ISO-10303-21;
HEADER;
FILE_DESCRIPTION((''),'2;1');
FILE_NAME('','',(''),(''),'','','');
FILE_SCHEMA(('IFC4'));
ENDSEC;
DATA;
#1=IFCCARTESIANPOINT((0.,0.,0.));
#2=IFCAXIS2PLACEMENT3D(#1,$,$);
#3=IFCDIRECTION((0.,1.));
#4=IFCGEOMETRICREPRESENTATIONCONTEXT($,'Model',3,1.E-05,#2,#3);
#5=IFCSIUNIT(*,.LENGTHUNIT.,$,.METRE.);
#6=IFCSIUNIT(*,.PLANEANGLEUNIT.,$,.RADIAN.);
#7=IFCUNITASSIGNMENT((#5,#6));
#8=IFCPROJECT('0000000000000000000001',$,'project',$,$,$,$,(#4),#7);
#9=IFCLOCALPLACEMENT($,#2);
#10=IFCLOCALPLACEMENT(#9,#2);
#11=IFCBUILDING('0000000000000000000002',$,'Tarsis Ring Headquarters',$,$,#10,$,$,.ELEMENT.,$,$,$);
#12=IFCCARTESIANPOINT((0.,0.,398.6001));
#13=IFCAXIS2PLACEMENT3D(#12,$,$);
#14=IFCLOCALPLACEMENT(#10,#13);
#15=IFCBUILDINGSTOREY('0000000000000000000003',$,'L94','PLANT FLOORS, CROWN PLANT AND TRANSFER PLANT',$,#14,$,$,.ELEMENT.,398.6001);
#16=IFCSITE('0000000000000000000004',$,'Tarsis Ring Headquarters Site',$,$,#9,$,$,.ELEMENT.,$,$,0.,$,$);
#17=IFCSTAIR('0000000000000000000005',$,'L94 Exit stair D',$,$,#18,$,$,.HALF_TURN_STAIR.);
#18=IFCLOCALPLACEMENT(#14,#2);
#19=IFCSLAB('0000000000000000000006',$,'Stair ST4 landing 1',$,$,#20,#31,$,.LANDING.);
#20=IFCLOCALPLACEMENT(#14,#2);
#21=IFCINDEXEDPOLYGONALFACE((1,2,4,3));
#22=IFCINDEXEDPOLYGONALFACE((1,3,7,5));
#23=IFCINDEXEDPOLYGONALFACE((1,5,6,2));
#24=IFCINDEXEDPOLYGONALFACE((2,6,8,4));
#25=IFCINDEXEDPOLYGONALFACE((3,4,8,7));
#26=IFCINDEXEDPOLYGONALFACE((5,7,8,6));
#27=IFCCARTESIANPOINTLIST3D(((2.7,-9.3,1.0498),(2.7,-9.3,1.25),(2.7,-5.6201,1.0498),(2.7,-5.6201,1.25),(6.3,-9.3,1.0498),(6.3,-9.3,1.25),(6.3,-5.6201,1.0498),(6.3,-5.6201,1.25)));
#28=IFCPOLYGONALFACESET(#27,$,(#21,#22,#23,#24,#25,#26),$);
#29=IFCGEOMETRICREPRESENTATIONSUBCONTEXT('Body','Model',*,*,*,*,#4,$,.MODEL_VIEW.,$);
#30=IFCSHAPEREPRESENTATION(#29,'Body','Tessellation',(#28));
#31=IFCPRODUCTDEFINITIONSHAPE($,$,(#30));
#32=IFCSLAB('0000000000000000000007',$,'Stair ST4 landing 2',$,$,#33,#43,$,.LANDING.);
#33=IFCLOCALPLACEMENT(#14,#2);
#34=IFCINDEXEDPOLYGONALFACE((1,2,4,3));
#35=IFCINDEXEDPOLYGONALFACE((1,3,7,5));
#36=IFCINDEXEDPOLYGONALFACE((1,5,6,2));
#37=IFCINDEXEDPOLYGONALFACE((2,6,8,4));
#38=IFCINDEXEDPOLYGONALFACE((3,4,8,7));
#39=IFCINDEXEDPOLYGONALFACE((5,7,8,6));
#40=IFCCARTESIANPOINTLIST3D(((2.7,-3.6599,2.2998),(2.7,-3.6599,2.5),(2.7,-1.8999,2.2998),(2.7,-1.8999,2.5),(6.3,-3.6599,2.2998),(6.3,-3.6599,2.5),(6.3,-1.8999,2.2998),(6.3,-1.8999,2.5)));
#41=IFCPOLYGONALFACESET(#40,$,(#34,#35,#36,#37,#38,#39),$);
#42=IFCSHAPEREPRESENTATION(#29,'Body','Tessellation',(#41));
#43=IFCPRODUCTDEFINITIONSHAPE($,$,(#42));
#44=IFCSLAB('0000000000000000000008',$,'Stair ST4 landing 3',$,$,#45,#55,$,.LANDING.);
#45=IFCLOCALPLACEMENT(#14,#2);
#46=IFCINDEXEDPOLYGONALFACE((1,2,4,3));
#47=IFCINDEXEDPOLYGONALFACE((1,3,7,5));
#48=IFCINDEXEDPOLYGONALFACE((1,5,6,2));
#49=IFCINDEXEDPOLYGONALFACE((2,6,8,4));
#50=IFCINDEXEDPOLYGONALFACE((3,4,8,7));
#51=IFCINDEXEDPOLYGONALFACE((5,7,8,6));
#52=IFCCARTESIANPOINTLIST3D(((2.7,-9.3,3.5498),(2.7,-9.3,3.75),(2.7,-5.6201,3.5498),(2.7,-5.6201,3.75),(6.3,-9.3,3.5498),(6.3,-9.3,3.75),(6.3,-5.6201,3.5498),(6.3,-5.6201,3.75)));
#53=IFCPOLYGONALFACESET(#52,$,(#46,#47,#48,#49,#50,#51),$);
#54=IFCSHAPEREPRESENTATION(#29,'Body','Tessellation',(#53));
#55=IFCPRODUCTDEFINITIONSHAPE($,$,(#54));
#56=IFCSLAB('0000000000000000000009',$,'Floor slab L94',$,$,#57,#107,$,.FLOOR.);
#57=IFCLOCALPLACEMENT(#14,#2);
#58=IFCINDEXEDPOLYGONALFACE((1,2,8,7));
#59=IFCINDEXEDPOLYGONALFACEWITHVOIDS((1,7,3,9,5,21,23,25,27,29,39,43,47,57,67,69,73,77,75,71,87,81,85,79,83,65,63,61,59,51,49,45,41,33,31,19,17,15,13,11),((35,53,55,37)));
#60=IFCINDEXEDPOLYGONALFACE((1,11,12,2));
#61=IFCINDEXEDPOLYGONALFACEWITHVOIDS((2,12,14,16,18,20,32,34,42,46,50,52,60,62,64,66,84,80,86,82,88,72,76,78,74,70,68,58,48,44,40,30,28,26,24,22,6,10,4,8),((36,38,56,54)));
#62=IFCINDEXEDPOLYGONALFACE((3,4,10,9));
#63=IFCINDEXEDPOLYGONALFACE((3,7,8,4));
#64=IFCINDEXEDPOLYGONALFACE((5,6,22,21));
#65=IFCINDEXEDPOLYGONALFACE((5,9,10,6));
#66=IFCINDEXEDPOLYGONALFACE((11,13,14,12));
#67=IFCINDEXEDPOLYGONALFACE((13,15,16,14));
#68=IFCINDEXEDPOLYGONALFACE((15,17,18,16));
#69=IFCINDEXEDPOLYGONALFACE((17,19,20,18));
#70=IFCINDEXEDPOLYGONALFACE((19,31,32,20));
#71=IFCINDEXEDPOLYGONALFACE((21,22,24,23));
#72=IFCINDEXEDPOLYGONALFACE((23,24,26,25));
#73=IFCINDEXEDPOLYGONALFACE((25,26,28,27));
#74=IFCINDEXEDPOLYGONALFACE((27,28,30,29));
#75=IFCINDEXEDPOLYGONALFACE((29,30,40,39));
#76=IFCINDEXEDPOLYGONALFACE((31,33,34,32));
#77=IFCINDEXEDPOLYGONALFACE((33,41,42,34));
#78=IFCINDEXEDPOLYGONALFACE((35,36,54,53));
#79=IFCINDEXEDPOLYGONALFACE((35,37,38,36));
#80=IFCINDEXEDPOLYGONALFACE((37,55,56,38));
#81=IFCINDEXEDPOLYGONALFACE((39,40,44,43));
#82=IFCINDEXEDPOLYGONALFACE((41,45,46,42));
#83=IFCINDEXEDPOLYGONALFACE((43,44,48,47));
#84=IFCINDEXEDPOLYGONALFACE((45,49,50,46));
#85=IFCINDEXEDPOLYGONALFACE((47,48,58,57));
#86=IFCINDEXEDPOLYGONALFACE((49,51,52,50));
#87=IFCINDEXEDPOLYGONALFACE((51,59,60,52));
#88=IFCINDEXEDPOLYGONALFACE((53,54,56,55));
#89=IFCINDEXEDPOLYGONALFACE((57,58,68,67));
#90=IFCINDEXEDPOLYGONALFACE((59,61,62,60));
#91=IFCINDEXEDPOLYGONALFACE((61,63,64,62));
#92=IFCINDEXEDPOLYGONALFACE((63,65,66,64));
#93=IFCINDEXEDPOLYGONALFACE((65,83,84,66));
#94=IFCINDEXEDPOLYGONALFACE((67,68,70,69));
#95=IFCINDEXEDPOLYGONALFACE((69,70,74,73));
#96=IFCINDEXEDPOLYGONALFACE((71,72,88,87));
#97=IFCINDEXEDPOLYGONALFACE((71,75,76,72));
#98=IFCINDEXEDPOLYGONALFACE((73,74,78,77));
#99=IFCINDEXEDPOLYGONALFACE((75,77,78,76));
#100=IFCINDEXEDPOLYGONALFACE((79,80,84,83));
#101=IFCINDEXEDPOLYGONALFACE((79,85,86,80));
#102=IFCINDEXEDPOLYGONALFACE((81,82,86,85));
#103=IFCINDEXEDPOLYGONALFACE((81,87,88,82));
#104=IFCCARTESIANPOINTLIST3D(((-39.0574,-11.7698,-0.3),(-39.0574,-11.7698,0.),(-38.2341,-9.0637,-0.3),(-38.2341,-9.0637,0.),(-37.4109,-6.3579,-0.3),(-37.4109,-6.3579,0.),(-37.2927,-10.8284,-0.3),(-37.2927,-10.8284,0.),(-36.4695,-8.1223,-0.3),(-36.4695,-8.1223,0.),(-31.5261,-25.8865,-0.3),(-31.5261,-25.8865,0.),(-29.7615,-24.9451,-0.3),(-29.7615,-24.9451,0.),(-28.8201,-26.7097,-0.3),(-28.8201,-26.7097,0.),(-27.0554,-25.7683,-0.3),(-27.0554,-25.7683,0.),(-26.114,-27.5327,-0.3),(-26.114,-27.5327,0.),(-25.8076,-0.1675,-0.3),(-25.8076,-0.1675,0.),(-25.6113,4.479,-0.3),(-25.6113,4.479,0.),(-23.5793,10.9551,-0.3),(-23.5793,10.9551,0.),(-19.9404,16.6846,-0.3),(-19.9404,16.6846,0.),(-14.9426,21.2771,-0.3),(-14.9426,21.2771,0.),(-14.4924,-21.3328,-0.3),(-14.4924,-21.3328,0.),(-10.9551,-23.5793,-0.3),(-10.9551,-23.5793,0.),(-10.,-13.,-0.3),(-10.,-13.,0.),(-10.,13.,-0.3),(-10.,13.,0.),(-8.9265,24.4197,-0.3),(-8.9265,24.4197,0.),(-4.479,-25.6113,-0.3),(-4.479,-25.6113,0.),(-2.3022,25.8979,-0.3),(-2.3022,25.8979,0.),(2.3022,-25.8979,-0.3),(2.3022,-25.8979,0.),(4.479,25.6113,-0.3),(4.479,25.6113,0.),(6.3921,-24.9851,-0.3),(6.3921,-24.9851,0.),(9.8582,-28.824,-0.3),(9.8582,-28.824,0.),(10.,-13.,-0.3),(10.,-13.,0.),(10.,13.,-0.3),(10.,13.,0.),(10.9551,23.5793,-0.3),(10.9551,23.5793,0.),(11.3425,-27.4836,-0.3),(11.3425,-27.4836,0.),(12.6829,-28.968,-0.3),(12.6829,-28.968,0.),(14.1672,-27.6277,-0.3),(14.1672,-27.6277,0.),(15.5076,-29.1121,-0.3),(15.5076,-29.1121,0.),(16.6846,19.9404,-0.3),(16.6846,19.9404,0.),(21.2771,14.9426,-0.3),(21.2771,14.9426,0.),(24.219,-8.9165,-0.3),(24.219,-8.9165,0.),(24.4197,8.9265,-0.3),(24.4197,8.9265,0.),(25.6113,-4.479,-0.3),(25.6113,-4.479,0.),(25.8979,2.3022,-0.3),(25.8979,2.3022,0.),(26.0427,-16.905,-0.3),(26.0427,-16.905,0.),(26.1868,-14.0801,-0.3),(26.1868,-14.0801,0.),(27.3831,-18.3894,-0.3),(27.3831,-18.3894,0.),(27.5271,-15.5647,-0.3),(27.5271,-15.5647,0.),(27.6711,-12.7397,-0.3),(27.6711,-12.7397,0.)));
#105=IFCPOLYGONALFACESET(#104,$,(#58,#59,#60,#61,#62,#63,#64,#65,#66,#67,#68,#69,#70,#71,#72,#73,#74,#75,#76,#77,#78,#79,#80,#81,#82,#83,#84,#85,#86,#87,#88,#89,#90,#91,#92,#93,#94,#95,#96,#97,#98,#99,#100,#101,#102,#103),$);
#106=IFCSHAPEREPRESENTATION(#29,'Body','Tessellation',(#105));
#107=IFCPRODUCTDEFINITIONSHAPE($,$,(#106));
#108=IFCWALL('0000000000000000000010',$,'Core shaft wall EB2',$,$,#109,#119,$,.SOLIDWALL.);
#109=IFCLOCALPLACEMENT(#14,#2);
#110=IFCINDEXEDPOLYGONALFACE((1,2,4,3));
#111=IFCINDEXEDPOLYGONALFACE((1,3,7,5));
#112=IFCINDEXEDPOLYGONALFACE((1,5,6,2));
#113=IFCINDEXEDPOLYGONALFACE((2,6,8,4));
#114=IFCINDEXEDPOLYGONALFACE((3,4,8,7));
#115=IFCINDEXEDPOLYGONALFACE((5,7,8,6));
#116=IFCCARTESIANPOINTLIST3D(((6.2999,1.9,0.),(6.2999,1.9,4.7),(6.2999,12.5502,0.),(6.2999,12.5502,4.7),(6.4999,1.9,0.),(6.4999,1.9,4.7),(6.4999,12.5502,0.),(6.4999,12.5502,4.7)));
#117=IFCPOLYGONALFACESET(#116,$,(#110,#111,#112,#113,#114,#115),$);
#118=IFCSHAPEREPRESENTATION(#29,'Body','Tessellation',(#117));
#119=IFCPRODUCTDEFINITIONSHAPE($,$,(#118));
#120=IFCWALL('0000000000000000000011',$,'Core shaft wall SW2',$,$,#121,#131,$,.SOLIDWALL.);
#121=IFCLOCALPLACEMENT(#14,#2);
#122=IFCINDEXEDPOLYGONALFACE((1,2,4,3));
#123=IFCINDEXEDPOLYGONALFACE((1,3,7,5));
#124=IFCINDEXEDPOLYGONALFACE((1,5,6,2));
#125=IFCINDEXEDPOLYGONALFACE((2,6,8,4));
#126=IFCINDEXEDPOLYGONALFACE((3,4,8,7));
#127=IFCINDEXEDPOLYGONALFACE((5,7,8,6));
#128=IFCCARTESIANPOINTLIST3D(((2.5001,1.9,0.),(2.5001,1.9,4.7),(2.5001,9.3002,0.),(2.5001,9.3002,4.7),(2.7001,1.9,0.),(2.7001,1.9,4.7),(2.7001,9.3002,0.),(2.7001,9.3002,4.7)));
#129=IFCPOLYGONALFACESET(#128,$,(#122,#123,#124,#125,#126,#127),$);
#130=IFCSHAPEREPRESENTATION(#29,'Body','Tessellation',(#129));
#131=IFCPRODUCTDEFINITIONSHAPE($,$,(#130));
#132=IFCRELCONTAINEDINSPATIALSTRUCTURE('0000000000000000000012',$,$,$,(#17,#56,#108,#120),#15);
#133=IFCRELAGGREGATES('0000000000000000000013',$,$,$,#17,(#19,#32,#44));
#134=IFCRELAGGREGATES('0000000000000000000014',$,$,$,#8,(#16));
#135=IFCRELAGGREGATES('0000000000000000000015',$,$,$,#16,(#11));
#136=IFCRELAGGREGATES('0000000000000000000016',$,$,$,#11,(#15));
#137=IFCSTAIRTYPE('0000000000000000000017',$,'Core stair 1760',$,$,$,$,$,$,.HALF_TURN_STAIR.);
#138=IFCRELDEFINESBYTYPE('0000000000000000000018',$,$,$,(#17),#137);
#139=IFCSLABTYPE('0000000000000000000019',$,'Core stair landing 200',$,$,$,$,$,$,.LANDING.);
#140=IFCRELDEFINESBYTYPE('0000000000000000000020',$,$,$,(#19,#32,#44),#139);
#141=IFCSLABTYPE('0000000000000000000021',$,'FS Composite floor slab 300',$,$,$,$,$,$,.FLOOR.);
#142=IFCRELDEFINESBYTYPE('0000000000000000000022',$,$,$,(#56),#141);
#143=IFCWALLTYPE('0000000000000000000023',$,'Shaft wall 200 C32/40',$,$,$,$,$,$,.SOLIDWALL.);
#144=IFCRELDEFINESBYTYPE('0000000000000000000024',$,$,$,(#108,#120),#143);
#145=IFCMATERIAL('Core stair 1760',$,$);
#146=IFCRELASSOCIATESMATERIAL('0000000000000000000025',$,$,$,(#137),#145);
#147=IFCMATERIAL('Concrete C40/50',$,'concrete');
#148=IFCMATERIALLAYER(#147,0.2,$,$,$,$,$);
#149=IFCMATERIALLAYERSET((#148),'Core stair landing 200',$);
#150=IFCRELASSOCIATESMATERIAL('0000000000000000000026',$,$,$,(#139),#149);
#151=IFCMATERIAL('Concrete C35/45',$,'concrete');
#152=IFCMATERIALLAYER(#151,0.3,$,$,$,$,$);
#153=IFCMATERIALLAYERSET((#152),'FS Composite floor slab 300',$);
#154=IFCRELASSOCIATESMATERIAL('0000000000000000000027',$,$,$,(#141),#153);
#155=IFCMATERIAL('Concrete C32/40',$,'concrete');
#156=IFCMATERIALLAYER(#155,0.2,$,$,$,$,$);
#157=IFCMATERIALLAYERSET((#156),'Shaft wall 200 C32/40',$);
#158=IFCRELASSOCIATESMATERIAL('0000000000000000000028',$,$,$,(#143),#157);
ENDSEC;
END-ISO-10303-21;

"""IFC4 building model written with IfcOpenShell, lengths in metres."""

from ifc_helpers import new_model, si_unit, direction, frame, frame_2d, origin, place, context, subcontext, project, spatial, polyline, rectangle, outline, extrude, material, layer, layer_set, type_object, element, aggregate, save


model = new_model("IFC4")

# Units and contexts
model_context = context("Model", 3, precision=1e-05, world=origin(), true_north=direction((0.0, 1.0)))
body_context = subcontext(model_context, "Body", "Model", "MODEL_VIEW")
ifc_project = project(units=[si_unit("LENGTHUNIT", "METRE"), si_unit("PLANEANGLEUNIT", "RADIAN")], contexts=[model_context])

# Site, building, storey
site_placement = place(None, origin())
site = spatial("IfcSite", under=ifc_project, at=site_placement, Name="Tarsis Ring Headquarters Site", CompositionType="ELEMENT", RefElevation=0.0)
building_placement = place(site_placement, origin())
building = spatial("IfcBuilding", under=site, at=building_placement, Name="Tarsis Ring Headquarters", CompositionType="ELEMENT")
storey_placement = place(building_placement, frame((0.0, 0.0, 398.6001)))
storey = spatial("IfcBuildingStorey", under=building, at=storey_placement, Name="L94", Description="PLANT FLOORS, CROWN PLANT AND TRANSFER PLANT", CompositionType="ELEMENT", Elevation=398.6001)

# Shared definitions
ifc_material_1 = material(Name="Concrete C40/50", Category="concrete")

# Stair, slabs
ifc_material_2 = material(Name="Core stair 1760")
stair_type = type_object("IfcStairType", Name="Core stair 1760", PredefinedType="HALF_TURN_STAIR", material=ifc_material_2)
ifc_layer_1 = layer(ifc_material_1, 0.2)
ifc_layer_set_1 = layer_set([ifc_layer_1], Name="Core stair landing 200")
slab_type_1 = type_object("IfcSlabType", Name="Core stair landing 200", PredefinedType="LANDING", material=ifc_layer_set_1)
stair_1_placement = place(storey_placement, origin())
stair_1 = element("IfcStair", 1, at=stair_1_placement, inside=storey, type_object=stair_type, Name="L94 Exit stair D", PredefinedType="HALF_TURN_STAIR")
slab_1_placement = place(storey_placement, frame((0.0, 0.0, 1.0498)))
slab_1 = element("IfcSlab", 2, at=slab_1_placement, type_object=slab_type_1, Name="Stair ST4 landing 1", PredefinedType="LANDING", context=body_context, shape_type="SweptSolid", body=[
    extrude(outline(polyline([(2.7, -5.6201), (2.7, -9.3), (6.3, -9.3), (6.3, -5.6201), (2.7, -5.6201)])), origin(), (0.0, 0.0, 1.0), 0.2002),
])
slab_2_placement = place(storey_placement, frame((0.0, 0.0, 2.2998)))
slab_2 = element("IfcSlab", 3, at=slab_2_placement, type_object=slab_type_1, Name="Stair ST4 landing 2", PredefinedType="LANDING", context=body_context, shape_type="SweptSolid", body=[
    extrude(outline(polyline([(2.7, -1.8999), (2.7, -3.6599), (6.3, -3.6599), (6.3, -1.8999), (2.7, -1.8999)])), origin(), (0.0, 0.0, 1.0), 0.2002),
])
slab_3_placement = place(storey_placement, frame((0.0, 0.0, 3.5498)))
slab_3 = element("IfcSlab", 4, at=slab_3_placement, type_object=slab_type_1, Name="Stair ST4 landing 3", PredefinedType="LANDING", context=body_context, shape_type="SweptSolid", body=[
    extrude(outline(polyline([(2.7, -5.6201), (2.7, -9.3), (6.3, -9.3), (6.3, -5.6201), (2.7, -5.6201)])), origin(), (0.0, 0.0, 1.0), 0.2002),
])
aggregate(stair_1, [slab_1, slab_2, slab_3])

# Slab
ifc_material_3 = material(Name="Concrete C35/45", Category="concrete")
ifc_layer_2 = layer(ifc_material_3, 0.3)
ifc_layer_set_2 = layer_set([ifc_layer_2], Name="FS Composite floor slab 300")
slab_type_2 = type_object("IfcSlabType", Name="FS Composite floor slab 300", PredefinedType="FLOOR", material=ifc_layer_set_2)
slab_4_placement = place(storey_placement, frame((0.0, 0.0, -0.3)))
element("IfcSlab", 5, at=slab_4_placement, inside=storey, type_object=slab_type_2, Name="Floor slab L94", PredefinedType="FLOOR", context=body_context, shape_type="SweptSolid", body=[
    extrude(outline(polyline([(-14.4924, -21.3328), (-10.9551, -23.5793), (-4.479, -25.6113), (2.3022, -25.8979), (6.3921, -24.9851), (9.8582, -28.824), (11.3425, -27.4836), (12.6829, -28.968), (14.1672, -27.6277), (15.5076, -29.1121), (27.3831, -18.3894), (26.0427, -16.905), (27.5271, -15.5647), (26.1868, -14.0801), (27.6711, -12.7397), (24.219, -8.9165), (25.6113, -4.479), (25.8979, 2.3022), (24.4197, 8.9265), (21.2771, 14.9426), (16.6846, 19.9404), (10.9551, 23.5793), (4.479, 25.6113), (-2.3022, 25.8979), (-8.9265, 24.4197), (-14.9426, 21.2771), (-19.9404, 16.6846), (-23.5793, 10.9551), (-25.6113, 4.479), (-25.8076, -0.1675), (-37.4109, -6.3579), (-36.4695, -8.1223), (-38.2341, -9.0637), (-37.2927, -10.8284), (-39.0574, -11.7698), (-31.5261, -25.8865), (-29.7615, -24.9451), (-28.8201, -26.7097), (-27.0554, -25.7683), (-26.114, -27.5327), (-14.4924, -21.3328)]), holes=[polyline([(-10.0, -13.0), (-10.0, 13.0), (10.0, 13.0), (10.0, -13.0), (-10.0, -13.0)])]), origin(), (0.0, 0.0, 1.0), 0.3),
])

# Walls
ifc_material_4 = material(Name="Concrete C32/40", Category="concrete")
ifc_layer_3 = layer(ifc_material_4, 0.2)
ifc_layer_set_3 = layer_set([ifc_layer_3], Name="Shaft wall 200 C32/40")
wall_type = type_object("IfcWallType", Name="Shaft wall 200 C32/40", PredefinedType="SOLIDWALL", material=ifc_layer_set_3)
wall_1_placement = place(storey_placement, frame((6.3999, 1.8999, 0.0), z_axis=(0.0, 0.0, 1.0), x_axis=(0.0, 1.0, 0.0)))
element("IfcWall", 6, at=wall_1_placement, inside=storey, type_object=wall_type, Name="Core shaft wall EB2", PredefinedType="SOLIDWALL", context=body_context, shape_type="SweptSolid", body=[
    extrude(rectangle(XDim=10.6501, YDim=0.2, at=frame_2d((5.3252, 0.0))), origin(), (0.0, 0.0, 1.0), 4.7),
])
wall_2_placement = place(storey_placement, frame((2.6001, 1.8999, 0.0), z_axis=(0.0, 0.0, 1.0), x_axis=(0.0, 1.0, 0.0)))
element("IfcWall", 7, at=wall_2_placement, inside=storey, type_object=wall_type, Name="Core shaft wall SW2", PredefinedType="SOLIDWALL", context=body_context, shape_type="SweptSolid", body=[
    extrude(rectangle(XDim=7.4001, YDim=0.2, at=frame_2d((3.7002, 0.0))), origin(), (0.0, 0.0, 1.0), 4.7),
])

save(model, "model.ifc")
